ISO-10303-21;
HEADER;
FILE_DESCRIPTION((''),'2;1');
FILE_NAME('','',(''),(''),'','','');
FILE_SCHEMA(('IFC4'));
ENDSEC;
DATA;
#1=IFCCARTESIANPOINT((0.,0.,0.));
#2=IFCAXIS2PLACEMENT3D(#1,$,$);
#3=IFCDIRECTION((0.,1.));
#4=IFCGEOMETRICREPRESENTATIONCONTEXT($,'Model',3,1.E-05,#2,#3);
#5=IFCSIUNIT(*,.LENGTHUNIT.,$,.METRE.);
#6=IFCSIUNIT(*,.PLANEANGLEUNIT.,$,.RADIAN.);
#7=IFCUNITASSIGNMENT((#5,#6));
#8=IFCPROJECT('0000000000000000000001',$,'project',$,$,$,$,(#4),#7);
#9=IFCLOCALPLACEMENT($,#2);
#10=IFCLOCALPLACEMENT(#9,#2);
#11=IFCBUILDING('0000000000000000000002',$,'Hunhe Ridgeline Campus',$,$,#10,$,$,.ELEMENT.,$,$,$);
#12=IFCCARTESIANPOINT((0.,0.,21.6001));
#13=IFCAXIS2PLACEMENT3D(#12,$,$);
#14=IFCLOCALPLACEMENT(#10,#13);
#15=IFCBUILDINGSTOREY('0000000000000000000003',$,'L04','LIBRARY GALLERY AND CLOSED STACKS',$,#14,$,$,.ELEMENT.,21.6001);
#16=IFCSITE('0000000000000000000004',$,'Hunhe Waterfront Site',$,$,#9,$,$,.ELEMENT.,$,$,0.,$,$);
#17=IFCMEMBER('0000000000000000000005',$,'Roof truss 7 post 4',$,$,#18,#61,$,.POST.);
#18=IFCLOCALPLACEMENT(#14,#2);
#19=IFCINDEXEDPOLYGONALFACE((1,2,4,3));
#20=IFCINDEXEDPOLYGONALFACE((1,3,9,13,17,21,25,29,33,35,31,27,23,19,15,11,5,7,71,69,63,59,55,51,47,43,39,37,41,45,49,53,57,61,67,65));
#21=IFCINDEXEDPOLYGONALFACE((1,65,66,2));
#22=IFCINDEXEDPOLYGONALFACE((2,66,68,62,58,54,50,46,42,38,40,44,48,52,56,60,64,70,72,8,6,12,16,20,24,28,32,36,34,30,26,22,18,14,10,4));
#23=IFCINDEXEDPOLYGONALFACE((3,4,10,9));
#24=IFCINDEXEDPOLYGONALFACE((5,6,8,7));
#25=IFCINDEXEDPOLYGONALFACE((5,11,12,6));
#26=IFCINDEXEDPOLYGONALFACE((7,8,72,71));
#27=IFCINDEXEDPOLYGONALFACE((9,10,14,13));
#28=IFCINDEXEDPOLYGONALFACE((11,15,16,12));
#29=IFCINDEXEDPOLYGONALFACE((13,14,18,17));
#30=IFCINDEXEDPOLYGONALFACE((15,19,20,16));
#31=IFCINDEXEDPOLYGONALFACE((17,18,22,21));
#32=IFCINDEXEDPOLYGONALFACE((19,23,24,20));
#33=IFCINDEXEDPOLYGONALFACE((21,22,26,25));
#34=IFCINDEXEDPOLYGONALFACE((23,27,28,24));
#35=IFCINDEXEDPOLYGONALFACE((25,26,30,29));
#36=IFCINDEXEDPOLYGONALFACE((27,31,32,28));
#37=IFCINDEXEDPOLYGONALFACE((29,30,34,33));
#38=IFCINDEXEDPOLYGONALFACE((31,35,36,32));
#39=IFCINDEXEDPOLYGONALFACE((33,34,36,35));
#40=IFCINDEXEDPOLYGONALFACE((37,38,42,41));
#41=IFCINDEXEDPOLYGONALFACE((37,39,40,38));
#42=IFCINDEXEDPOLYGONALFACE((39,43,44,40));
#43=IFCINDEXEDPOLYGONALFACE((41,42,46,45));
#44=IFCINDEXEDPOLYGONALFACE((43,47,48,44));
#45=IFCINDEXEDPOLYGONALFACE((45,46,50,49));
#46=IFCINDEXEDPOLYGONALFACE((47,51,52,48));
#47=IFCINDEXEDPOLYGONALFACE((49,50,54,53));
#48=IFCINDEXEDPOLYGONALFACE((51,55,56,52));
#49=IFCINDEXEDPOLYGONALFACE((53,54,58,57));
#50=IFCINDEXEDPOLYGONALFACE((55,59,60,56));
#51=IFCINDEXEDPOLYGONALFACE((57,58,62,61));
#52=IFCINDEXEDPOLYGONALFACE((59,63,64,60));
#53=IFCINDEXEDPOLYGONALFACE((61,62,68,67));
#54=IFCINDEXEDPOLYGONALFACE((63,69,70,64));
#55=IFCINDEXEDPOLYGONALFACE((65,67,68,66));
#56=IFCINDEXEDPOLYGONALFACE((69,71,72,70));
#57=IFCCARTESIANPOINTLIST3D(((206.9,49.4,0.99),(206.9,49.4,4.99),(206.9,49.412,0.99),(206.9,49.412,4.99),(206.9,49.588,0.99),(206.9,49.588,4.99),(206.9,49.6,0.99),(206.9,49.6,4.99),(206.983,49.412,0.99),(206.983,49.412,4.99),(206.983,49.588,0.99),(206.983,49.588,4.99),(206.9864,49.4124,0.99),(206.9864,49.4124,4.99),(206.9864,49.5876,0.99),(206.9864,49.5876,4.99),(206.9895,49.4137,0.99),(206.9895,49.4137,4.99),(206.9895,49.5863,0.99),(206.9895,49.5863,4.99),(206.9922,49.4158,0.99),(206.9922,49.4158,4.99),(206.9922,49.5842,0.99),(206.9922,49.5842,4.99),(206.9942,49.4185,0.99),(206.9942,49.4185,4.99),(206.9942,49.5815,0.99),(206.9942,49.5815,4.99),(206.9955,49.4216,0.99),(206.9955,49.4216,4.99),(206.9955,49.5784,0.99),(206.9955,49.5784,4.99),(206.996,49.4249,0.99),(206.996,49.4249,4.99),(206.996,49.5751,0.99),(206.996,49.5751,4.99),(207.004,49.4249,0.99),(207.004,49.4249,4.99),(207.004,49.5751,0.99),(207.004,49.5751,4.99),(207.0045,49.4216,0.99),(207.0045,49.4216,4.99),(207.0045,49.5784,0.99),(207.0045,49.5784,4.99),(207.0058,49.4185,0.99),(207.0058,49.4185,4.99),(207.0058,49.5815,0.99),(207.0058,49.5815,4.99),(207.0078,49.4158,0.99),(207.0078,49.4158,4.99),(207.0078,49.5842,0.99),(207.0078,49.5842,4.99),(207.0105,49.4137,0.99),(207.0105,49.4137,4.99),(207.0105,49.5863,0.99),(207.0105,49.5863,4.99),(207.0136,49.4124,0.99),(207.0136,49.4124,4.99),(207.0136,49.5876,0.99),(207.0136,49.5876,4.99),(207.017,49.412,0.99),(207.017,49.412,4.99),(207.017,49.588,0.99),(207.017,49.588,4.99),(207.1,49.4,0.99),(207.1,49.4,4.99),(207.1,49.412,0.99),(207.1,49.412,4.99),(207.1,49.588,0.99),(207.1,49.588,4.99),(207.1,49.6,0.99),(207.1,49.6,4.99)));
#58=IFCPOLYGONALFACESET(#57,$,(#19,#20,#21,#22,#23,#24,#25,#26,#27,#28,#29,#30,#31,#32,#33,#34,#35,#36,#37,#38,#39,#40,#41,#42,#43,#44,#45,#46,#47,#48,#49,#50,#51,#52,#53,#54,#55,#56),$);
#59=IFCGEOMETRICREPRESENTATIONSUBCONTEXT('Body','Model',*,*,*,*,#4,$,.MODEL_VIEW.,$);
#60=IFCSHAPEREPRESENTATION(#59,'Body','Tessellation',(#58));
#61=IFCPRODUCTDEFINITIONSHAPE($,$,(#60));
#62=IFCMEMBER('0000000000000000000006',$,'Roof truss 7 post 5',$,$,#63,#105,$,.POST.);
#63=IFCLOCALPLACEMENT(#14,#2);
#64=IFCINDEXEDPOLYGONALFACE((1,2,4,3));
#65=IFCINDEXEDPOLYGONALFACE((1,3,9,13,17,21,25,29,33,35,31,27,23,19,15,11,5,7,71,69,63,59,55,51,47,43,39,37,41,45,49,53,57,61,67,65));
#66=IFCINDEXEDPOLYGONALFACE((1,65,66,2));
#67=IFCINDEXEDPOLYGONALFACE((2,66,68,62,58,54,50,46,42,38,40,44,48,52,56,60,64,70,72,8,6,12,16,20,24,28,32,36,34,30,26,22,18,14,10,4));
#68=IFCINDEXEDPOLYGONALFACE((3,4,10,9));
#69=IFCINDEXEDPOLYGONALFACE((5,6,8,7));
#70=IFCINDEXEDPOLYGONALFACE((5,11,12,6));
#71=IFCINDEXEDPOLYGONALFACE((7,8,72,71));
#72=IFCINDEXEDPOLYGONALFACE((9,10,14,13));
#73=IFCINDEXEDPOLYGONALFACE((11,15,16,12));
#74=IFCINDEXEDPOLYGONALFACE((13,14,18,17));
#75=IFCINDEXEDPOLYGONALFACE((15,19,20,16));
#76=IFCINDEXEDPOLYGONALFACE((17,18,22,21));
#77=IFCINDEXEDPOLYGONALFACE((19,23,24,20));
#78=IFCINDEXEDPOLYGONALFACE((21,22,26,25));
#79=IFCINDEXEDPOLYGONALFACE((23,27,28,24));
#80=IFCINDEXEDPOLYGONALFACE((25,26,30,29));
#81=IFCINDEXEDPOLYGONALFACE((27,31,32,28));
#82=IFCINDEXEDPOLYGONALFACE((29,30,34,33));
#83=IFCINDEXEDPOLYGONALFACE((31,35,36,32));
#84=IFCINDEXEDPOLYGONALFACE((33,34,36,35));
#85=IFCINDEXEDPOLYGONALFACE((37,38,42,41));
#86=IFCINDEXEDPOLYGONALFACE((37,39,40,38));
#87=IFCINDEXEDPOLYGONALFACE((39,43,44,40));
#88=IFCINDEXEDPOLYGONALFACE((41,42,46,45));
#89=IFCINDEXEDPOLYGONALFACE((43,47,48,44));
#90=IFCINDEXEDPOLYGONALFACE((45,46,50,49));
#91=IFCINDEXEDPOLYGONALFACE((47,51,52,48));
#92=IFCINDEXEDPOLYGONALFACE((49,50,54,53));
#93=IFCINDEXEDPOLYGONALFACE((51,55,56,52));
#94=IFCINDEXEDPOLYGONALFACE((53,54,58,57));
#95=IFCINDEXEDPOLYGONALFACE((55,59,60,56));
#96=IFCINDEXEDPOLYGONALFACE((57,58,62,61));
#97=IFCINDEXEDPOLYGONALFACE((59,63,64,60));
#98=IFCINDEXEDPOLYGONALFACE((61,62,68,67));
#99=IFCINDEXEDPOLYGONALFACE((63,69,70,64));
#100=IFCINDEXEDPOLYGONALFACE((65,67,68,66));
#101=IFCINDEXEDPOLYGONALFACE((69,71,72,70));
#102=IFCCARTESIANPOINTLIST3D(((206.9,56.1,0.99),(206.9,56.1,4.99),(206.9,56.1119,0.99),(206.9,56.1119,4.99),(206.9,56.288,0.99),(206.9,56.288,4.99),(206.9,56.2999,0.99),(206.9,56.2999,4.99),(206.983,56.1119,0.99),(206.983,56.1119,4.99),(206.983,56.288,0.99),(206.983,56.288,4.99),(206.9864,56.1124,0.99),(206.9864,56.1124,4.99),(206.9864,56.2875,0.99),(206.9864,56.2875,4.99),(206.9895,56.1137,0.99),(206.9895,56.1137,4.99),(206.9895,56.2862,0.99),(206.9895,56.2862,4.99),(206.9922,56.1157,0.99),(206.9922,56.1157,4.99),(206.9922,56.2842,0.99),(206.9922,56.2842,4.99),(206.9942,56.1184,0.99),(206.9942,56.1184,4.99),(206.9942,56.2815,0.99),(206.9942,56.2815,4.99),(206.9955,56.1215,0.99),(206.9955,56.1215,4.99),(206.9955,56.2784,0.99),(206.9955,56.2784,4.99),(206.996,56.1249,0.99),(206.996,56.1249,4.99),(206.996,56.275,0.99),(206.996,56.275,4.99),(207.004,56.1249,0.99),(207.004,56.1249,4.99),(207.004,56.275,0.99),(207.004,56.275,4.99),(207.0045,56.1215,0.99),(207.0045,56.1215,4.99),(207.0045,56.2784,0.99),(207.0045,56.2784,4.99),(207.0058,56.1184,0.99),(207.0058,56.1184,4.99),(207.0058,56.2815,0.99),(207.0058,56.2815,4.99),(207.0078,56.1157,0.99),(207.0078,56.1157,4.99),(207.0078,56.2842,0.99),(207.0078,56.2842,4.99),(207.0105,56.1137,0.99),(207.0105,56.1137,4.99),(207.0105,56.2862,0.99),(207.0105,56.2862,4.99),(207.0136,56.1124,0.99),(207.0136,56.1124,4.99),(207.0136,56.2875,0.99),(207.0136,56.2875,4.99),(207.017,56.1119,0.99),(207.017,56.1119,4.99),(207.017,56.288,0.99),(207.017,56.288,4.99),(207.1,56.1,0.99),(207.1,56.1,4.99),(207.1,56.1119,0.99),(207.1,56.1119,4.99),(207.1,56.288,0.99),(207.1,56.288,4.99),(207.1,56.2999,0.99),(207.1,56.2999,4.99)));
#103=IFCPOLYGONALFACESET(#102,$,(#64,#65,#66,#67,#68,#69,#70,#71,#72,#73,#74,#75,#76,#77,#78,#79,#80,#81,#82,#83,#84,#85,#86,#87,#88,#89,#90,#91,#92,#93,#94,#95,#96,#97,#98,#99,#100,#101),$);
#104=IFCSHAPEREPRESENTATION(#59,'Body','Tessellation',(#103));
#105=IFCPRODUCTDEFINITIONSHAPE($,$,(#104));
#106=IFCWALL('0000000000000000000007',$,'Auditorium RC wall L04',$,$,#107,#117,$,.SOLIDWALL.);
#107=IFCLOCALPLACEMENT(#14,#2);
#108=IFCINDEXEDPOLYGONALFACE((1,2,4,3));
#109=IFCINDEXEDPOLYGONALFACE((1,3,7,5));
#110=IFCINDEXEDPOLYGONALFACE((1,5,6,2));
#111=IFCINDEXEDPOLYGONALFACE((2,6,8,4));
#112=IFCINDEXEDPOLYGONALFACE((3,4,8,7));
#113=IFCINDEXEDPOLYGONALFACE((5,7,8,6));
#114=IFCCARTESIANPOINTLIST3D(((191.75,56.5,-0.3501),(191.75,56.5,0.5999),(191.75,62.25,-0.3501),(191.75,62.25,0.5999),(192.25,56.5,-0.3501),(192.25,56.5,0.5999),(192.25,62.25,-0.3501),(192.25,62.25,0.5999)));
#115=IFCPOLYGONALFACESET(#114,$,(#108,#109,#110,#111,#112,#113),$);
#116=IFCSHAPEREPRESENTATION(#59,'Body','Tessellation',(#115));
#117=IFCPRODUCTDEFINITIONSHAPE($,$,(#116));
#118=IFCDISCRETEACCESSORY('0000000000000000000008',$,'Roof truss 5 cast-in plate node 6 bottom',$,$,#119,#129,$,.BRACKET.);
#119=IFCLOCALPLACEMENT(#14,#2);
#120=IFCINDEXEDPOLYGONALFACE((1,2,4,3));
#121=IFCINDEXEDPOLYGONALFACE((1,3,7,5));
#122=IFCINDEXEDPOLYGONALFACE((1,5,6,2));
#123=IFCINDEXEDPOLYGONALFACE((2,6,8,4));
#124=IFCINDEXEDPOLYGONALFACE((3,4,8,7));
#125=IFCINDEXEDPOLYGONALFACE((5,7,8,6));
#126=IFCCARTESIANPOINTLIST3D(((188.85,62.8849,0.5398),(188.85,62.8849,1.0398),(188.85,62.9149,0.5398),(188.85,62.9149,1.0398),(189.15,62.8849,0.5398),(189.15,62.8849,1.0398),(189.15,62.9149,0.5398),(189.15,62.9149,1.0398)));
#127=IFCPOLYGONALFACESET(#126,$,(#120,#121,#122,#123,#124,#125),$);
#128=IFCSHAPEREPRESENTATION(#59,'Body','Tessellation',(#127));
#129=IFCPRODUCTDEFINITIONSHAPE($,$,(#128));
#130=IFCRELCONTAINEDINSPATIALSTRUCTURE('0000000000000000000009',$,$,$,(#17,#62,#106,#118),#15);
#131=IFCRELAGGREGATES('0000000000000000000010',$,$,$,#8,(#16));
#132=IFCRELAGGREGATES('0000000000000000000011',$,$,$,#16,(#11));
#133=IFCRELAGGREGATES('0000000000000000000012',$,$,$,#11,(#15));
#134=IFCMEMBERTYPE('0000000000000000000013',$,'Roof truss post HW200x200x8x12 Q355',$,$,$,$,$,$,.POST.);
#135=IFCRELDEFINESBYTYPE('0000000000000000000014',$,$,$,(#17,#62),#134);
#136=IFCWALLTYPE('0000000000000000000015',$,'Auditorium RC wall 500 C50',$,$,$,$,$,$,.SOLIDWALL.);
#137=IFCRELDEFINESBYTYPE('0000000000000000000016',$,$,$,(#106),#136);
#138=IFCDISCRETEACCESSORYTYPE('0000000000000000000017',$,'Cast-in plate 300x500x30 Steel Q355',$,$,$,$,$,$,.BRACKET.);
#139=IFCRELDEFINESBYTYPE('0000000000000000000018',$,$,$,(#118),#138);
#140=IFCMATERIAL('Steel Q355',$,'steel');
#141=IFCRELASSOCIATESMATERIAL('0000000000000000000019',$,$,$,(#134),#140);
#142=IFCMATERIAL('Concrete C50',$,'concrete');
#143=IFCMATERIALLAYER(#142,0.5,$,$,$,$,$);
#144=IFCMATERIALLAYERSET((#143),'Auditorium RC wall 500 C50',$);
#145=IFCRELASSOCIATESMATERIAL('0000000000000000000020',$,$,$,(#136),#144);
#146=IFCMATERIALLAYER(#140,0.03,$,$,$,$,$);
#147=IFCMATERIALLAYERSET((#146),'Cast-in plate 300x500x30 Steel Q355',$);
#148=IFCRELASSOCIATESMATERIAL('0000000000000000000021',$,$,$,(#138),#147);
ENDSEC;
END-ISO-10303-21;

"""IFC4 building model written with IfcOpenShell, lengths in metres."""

from ifc_helpers import new_model, si_unit, direction, frame, frame_2d, origin, origin_2d, place, context, subcontext, project, spatial, rectangle, i_section, extrude, material, layer, layer_set, material_profile, profile_set, type_object, element, save


model = new_model("IFC4")

# Units and contexts
model_context = context("Model", 3, precision=1e-05, world=origin(), true_north=direction((0.0, 1.0)))
body_context = subcontext(model_context, "Body", "Model", "MODEL_VIEW")
ifc_project = project(units=[si_unit("LENGTHUNIT", "METRE"), si_unit("PLANEANGLEUNIT", "RADIAN")], contexts=[model_context])

# Site, building, storey
site_placement = place(None, origin())
site = spatial("IfcSite", under=ifc_project, at=site_placement, Name="Hunhe Waterfront Site", CompositionType="ELEMENT", RefElevation=0.0)
building_placement = place(site_placement, origin())
building = spatial("IfcBuilding", under=site, at=building_placement, Name="Hunhe Ridgeline Campus", CompositionType="ELEMENT")
storey_placement = place(building_placement, frame((0.0, 0.0, 21.6001)))
storey = spatial("IfcBuildingStorey", under=building, at=storey_placement, Name="L04", Description="LIBRARY GALLERY AND CLOSED STACKS", CompositionType="ELEMENT", Elevation=21.6001)

# Members
ifc_material_1 = material(Name="Steel Q355", Category="steel")
ifc_material_profile_1 = material_profile(ifc_material_1, i_section(OverallWidth=0.2, OverallDepth=0.2, WebThickness=0.0081, FlangeThickness=0.012, FilletRadius=0.0129, at=origin_2d()))
ifc_profile_set_1 = profile_set([ifc_material_profile_1], Name="Steel Q355")
member_type_1 = type_object("IfcMemberType", Name="Roof truss post HW200x200x8x12 Q355", PredefinedType="POST", material=ifc_profile_set_1)
for number, where, z_axis, x_axis, name in (
    (1, (207.0, 49.5, 0.99), (0.0, 0.0, 1.0), (1.0, 0.0, 0.0), "Roof truss 7 post 4"),
    (2, (207.0, 56.2, 0.99), (0.0, 0.0, 1.0), (1.0, 0.0, 0.0), "Roof truss 7 post 5"),
):
    element("IfcMember", number, at=place(storey_placement, frame(where, z_axis=z_axis, x_axis=x_axis)), inside=storey, type_object=member_type_1, Name=name, PredefinedType="POST", context=body_context, shape_type="SweptSolid", body=[
        extrude(i_section(OverallWidth=0.2, OverallDepth=0.2, WebThickness=0.0081, FlangeThickness=0.012, FilletRadius=0.0129, at=origin_2d()), origin(), (0.0, 0.0, 1.0), 4.0),
    ])

# Wall
ifc_material_2 = material(Name="Concrete C50", Category="concrete")
ifc_layer_1 = layer(ifc_material_2, 0.5)
ifc_layer_set_1 = layer_set([ifc_layer_1], Name="Auditorium RC wall 500 C50")
wall_type = type_object("IfcWallType", Name="Auditorium RC wall 500 C50", PredefinedType="SOLIDWALL", material=ifc_layer_set_1)
wall_placement = place(storey_placement, frame((192.0, 56.5, -0.3501), z_axis=(0.0, 0.0, 1.0), x_axis=(0.0, 1.0, 0.0)))
element("IfcWall", 3, at=wall_placement, inside=storey, type_object=wall_type, Name="Auditorium RC wall L04", PredefinedType="SOLIDWALL", context=body_context, shape_type="SweptSolid", body=[
    extrude(rectangle(XDim=5.75, YDim=0.5, at=frame_2d((2.875, 0.0))), origin(), (0.0, 0.0, 1.0), 0.95),
])

# Discrete accessory
ifc_layer_2 = layer(ifc_material_1, 0.03)
ifc_layer_set_2 = layer_set([ifc_layer_2], Name="Cast-in plate 300x500x30 Steel Q355")
discrete_accessory_type = type_object("IfcDiscreteAccessoryType", Name="Cast-in plate 300x500x30 Steel Q355", PredefinedType="BRACKET", material=ifc_layer_set_2)
discrete_accessory_placement = place(storey_placement, frame((189.0, 62.8999, 0.5398), z_axis=(0.0, 0.0, 1.0), x_axis=(0.0, 1.0, 0.0)))
element("IfcDiscreteAccessory", 4, at=discrete_accessory_placement, inside=storey, type_object=discrete_accessory_type, Name="Roof truss 5 cast-in plate node 6 bottom", PredefinedType="BRACKET", context=body_context, shape_type="SweptSolid", body=[
    extrude(rectangle(XDim=0.03, YDim=0.3, at=origin_2d()), origin(), (0.0, 0.0, 1.0), 0.5),
])

save(model, "model.ifc")
